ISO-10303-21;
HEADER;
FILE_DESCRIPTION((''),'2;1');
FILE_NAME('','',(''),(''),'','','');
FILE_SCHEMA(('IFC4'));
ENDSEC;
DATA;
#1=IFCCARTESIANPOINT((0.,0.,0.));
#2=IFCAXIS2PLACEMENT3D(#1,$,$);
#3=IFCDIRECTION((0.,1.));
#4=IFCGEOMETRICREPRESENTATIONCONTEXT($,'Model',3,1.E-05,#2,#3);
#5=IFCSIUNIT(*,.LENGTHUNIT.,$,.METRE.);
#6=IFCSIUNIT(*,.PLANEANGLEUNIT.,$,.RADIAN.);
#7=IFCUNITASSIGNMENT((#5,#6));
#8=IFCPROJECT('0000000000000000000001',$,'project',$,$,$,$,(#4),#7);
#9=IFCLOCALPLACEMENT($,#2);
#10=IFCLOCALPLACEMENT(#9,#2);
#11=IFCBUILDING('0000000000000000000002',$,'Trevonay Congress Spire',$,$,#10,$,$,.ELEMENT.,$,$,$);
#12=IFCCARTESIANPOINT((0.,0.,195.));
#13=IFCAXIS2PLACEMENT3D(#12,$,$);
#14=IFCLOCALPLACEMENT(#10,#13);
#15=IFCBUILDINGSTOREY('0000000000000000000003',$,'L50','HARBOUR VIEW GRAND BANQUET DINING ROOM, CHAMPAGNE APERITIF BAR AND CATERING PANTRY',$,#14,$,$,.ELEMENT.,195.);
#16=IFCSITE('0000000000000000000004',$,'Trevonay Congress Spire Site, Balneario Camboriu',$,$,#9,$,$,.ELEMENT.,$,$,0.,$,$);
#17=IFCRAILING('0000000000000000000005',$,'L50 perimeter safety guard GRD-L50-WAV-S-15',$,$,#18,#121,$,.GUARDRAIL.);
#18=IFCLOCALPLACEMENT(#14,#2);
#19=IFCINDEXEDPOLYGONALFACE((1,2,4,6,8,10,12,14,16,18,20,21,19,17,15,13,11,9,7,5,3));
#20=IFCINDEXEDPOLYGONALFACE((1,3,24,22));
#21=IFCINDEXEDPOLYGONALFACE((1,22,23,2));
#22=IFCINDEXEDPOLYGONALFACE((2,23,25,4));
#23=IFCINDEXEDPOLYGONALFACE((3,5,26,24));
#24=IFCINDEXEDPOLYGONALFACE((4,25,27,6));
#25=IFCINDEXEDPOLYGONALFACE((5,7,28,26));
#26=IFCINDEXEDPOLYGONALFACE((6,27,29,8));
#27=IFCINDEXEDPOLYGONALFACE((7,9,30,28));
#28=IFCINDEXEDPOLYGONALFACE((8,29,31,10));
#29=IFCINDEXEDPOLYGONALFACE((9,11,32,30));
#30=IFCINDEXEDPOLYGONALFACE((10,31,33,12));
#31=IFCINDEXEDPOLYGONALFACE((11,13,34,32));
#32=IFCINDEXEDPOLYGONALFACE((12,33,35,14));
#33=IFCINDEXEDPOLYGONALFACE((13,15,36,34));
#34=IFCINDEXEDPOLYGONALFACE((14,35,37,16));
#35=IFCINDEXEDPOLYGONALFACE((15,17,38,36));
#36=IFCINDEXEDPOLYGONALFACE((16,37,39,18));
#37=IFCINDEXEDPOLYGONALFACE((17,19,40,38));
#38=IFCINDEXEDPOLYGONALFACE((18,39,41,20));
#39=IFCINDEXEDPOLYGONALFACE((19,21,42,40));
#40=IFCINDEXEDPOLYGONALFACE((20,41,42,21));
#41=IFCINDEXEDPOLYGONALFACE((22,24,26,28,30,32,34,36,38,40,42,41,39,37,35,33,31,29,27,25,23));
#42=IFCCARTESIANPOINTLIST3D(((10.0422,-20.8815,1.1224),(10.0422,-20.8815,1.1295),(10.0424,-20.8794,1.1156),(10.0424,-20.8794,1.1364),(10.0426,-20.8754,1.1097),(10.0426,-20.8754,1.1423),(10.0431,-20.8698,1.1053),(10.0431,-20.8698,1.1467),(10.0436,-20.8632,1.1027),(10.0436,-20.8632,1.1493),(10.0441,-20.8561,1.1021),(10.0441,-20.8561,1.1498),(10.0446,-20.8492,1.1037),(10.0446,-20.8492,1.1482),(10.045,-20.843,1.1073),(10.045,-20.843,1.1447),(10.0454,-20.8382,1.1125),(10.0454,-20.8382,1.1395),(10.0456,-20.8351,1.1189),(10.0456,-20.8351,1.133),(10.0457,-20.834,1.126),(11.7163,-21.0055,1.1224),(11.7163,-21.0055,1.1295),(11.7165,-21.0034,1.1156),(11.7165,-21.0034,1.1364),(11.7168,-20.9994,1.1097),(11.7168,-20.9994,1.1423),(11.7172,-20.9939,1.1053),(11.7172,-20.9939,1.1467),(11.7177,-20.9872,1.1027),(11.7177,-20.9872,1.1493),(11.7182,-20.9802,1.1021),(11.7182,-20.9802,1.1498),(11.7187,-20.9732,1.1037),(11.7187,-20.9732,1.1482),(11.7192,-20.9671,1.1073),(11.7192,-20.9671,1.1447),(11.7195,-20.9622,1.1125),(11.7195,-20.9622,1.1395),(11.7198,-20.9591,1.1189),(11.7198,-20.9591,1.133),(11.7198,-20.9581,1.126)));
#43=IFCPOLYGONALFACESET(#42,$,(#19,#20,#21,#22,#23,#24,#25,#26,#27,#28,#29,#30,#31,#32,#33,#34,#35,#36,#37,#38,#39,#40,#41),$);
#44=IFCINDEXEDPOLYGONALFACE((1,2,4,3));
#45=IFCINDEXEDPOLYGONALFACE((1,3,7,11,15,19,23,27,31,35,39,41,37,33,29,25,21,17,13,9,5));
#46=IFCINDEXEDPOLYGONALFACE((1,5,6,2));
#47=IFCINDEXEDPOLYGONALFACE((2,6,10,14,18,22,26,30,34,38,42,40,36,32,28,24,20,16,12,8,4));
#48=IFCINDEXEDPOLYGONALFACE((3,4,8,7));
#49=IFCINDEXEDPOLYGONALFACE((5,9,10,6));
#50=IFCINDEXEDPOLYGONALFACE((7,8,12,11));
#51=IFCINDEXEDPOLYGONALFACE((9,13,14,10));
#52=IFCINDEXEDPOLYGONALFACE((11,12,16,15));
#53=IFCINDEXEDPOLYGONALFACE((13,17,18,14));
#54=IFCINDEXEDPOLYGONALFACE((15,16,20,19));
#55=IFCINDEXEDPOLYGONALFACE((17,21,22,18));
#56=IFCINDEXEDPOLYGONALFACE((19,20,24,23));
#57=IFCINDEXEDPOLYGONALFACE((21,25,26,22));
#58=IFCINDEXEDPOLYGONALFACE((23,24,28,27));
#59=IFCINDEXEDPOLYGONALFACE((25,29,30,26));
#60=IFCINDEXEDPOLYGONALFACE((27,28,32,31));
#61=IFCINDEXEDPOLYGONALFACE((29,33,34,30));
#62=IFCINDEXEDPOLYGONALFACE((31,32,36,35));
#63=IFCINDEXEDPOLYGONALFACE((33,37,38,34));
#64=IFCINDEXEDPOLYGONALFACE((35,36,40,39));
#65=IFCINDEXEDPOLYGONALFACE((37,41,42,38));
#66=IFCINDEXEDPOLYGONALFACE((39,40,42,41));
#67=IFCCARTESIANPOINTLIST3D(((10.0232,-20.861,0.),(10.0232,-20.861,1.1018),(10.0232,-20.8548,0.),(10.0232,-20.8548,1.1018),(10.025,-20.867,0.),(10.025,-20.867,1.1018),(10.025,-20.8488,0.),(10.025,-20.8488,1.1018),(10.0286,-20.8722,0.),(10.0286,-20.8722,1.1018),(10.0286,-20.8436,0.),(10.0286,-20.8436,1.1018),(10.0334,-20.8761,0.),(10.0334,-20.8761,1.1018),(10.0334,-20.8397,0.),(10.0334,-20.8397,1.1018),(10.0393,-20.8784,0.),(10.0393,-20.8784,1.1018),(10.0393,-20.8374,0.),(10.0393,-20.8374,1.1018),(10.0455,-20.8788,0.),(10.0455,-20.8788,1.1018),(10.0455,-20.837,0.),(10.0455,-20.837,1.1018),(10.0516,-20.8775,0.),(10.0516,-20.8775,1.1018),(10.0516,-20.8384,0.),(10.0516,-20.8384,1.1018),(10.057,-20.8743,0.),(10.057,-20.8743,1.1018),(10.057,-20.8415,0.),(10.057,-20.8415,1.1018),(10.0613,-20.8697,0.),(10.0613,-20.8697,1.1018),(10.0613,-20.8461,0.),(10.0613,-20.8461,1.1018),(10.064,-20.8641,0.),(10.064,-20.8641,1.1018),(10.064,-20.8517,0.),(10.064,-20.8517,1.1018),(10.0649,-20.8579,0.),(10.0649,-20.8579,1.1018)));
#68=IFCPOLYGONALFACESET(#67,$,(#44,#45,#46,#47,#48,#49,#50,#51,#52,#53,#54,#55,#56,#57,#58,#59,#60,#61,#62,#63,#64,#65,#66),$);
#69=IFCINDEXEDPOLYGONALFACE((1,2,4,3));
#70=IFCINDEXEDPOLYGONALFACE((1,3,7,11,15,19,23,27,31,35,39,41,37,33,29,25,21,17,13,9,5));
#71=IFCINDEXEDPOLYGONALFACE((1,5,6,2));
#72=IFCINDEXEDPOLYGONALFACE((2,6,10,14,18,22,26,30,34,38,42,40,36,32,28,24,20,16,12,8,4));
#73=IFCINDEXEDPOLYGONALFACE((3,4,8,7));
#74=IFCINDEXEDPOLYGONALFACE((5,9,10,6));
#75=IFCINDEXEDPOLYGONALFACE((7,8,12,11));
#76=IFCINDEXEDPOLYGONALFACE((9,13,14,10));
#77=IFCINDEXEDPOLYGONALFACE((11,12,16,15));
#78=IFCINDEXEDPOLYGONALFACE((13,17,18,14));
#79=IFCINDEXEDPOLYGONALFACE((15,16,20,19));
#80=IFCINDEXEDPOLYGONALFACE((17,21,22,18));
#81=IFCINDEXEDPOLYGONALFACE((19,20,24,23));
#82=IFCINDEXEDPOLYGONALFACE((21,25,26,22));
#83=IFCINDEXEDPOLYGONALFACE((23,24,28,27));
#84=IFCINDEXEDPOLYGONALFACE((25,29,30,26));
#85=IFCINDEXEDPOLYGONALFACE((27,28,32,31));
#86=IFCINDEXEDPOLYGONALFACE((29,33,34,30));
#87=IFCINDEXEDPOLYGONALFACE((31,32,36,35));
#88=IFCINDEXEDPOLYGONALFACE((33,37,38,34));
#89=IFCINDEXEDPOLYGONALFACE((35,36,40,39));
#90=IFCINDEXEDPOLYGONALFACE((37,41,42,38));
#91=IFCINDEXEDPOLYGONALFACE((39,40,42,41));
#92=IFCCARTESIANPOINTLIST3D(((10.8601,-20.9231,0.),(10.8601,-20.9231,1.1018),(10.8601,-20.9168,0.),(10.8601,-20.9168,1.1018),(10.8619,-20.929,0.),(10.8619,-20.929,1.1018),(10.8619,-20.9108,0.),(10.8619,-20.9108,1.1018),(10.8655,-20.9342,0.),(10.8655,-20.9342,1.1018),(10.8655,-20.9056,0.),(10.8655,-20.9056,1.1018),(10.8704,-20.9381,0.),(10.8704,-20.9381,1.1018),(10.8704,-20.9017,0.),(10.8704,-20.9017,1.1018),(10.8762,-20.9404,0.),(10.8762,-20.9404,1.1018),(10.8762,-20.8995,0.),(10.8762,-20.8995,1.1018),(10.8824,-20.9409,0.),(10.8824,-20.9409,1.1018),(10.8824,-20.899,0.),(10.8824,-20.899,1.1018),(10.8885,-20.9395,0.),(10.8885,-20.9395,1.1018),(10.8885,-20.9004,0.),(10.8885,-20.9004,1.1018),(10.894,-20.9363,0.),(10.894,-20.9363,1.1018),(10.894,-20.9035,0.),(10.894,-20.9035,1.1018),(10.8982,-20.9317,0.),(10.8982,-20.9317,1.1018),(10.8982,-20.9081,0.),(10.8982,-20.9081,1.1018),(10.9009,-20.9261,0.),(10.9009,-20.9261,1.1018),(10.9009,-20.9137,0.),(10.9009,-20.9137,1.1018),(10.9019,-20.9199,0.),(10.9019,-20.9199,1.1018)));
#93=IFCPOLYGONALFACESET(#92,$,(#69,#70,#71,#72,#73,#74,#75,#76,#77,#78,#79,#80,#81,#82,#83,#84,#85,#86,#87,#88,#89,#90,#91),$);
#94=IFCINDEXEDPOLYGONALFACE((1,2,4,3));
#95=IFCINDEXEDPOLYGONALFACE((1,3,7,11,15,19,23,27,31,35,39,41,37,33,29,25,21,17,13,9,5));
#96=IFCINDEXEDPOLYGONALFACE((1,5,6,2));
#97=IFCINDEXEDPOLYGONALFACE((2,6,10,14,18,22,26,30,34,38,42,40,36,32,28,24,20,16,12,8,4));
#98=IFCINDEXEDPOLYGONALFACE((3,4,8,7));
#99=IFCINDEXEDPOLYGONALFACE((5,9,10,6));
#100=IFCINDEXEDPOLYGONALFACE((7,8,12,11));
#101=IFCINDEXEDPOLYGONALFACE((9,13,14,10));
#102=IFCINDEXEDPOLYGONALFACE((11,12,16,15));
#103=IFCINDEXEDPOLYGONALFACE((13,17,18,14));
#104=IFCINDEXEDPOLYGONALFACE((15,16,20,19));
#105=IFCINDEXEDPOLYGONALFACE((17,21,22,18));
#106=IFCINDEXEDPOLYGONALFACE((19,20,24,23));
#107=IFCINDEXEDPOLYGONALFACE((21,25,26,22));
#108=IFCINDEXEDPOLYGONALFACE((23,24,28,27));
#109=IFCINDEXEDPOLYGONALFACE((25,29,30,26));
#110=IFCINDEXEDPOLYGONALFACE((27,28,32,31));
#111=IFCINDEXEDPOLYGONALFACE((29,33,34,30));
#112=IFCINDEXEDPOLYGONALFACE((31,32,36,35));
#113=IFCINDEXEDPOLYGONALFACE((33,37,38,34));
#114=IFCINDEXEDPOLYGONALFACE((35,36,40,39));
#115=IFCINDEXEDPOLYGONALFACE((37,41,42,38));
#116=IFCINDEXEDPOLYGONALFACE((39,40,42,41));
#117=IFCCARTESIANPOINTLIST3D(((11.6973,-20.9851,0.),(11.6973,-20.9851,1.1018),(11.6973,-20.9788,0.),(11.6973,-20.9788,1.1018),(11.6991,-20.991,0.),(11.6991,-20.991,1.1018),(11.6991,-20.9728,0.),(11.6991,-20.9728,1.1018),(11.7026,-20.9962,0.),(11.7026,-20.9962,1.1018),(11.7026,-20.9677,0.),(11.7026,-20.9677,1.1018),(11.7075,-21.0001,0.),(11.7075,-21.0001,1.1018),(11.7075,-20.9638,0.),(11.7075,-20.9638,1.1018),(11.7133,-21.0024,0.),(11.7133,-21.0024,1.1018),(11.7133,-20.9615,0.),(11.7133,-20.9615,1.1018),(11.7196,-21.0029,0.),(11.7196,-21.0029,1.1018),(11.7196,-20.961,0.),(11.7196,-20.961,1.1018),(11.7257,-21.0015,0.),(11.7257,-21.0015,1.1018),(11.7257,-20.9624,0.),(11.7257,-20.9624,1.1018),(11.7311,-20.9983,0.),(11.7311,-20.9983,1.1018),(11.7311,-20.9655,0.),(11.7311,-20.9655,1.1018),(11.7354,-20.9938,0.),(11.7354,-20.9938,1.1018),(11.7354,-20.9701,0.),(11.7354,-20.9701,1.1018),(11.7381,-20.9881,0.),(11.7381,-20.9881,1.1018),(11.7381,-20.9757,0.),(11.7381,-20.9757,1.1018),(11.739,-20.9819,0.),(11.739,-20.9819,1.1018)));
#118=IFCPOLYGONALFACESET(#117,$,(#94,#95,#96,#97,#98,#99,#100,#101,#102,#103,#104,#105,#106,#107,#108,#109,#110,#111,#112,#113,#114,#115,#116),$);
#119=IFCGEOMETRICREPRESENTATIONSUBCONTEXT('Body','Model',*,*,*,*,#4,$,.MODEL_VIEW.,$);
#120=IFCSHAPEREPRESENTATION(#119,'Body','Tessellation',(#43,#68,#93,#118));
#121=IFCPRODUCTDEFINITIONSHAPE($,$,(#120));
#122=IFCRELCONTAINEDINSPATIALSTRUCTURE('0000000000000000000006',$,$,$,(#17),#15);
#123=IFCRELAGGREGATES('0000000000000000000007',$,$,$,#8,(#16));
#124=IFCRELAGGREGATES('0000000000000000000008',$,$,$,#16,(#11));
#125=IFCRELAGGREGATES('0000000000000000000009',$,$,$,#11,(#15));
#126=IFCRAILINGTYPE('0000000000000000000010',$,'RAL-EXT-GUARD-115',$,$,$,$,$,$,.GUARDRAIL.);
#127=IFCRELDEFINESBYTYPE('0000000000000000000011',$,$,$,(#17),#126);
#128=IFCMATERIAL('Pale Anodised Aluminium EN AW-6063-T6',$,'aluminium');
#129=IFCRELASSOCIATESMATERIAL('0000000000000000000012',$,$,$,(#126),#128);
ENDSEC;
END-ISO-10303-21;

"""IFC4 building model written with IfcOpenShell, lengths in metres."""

from ifc_helpers import new_model, si_unit, direction, frame, origin, origin_2d, place, context, subcontext, project, spatial, circle, extrude, material, type_object, element, save


model = new_model("IFC4")

# Units and contexts
model_context = context("Model", 3, precision=1e-05, world=origin(), true_north=direction((0.0, 1.0)))
body_context = subcontext(model_context, "Body", "Model", "MODEL_VIEW")
ifc_project = project(units=[si_unit("LENGTHUNIT", "METRE"), si_unit("PLANEANGLEUNIT", "RADIAN")], contexts=[model_context])

# Site, building, storey
site_placement = place(None, origin())
site = spatial("IfcSite", under=ifc_project, at=site_placement, Name="Trevonay Congress Spire Site, Balneario Camboriu", CompositionType="ELEMENT", RefElevation=0.0)
building_placement = place(site_placement, origin())
building = spatial("IfcBuilding", under=site, at=building_placement, Name="Trevonay Congress Spire", CompositionType="ELEMENT")
storey_placement = place(building_placement, frame((0.0, 0.0, 195.0)))
storey = spatial("IfcBuildingStorey", under=building, at=storey_placement, Name="L50", Description="HARBOUR VIEW GRAND BANQUET DINING ROOM, CHAMPAGNE APERITIF BAR AND CATERING PANTRY", CompositionType="ELEMENT", Elevation=195.0)

# Shared definitions
ifc_material_1 = material(Name="Pale Anodised Aluminium EN AW-6063-T6", Category="aluminium")

# Railing
railing_type = type_object("IfcRailingType", Name="RAL-EXT-GUARD-115", PredefinedType="GUARDRAIL", material=ifc_material_1)
railing_1_placement = place(storey_placement, frame((10.0439, -20.8579, 0.0)))
element("IfcRailing", 1, at=railing_1_placement, inside=storey, type_object=railing_type, Name="L50 perimeter safety guard GRD-L50-WAV-S-15", PredefinedType="GUARDRAIL", context=body_context, shape_type="SweptSolid", body=[
    extrude(circle(Radius=0.0239, at=origin_2d()), frame((0.0, 0.0, 1.126), z_axis=(0.997267, -0.073882, 0.0), x_axis=(0.073882, 0.997267, 0.0)), (0.0, 0.0, 1.0), 1.6787),
    extrude(circle(Radius=0.021, at=origin_2d()), origin(), (0.0, 0.0, 1.0), 1.1018),
    extrude(circle(Radius=0.021, at=origin_2d()), frame((0.8369, -0.062, 0.0)), (0.0, 0.0, 1.0), 1.1018),
    extrude(circle(Radius=0.021, at=origin_2d()), frame((1.6741, -0.124, 0.0)), (0.0, 0.0, 1.0), 1.1018),
])

save(model, "model.ifc")
